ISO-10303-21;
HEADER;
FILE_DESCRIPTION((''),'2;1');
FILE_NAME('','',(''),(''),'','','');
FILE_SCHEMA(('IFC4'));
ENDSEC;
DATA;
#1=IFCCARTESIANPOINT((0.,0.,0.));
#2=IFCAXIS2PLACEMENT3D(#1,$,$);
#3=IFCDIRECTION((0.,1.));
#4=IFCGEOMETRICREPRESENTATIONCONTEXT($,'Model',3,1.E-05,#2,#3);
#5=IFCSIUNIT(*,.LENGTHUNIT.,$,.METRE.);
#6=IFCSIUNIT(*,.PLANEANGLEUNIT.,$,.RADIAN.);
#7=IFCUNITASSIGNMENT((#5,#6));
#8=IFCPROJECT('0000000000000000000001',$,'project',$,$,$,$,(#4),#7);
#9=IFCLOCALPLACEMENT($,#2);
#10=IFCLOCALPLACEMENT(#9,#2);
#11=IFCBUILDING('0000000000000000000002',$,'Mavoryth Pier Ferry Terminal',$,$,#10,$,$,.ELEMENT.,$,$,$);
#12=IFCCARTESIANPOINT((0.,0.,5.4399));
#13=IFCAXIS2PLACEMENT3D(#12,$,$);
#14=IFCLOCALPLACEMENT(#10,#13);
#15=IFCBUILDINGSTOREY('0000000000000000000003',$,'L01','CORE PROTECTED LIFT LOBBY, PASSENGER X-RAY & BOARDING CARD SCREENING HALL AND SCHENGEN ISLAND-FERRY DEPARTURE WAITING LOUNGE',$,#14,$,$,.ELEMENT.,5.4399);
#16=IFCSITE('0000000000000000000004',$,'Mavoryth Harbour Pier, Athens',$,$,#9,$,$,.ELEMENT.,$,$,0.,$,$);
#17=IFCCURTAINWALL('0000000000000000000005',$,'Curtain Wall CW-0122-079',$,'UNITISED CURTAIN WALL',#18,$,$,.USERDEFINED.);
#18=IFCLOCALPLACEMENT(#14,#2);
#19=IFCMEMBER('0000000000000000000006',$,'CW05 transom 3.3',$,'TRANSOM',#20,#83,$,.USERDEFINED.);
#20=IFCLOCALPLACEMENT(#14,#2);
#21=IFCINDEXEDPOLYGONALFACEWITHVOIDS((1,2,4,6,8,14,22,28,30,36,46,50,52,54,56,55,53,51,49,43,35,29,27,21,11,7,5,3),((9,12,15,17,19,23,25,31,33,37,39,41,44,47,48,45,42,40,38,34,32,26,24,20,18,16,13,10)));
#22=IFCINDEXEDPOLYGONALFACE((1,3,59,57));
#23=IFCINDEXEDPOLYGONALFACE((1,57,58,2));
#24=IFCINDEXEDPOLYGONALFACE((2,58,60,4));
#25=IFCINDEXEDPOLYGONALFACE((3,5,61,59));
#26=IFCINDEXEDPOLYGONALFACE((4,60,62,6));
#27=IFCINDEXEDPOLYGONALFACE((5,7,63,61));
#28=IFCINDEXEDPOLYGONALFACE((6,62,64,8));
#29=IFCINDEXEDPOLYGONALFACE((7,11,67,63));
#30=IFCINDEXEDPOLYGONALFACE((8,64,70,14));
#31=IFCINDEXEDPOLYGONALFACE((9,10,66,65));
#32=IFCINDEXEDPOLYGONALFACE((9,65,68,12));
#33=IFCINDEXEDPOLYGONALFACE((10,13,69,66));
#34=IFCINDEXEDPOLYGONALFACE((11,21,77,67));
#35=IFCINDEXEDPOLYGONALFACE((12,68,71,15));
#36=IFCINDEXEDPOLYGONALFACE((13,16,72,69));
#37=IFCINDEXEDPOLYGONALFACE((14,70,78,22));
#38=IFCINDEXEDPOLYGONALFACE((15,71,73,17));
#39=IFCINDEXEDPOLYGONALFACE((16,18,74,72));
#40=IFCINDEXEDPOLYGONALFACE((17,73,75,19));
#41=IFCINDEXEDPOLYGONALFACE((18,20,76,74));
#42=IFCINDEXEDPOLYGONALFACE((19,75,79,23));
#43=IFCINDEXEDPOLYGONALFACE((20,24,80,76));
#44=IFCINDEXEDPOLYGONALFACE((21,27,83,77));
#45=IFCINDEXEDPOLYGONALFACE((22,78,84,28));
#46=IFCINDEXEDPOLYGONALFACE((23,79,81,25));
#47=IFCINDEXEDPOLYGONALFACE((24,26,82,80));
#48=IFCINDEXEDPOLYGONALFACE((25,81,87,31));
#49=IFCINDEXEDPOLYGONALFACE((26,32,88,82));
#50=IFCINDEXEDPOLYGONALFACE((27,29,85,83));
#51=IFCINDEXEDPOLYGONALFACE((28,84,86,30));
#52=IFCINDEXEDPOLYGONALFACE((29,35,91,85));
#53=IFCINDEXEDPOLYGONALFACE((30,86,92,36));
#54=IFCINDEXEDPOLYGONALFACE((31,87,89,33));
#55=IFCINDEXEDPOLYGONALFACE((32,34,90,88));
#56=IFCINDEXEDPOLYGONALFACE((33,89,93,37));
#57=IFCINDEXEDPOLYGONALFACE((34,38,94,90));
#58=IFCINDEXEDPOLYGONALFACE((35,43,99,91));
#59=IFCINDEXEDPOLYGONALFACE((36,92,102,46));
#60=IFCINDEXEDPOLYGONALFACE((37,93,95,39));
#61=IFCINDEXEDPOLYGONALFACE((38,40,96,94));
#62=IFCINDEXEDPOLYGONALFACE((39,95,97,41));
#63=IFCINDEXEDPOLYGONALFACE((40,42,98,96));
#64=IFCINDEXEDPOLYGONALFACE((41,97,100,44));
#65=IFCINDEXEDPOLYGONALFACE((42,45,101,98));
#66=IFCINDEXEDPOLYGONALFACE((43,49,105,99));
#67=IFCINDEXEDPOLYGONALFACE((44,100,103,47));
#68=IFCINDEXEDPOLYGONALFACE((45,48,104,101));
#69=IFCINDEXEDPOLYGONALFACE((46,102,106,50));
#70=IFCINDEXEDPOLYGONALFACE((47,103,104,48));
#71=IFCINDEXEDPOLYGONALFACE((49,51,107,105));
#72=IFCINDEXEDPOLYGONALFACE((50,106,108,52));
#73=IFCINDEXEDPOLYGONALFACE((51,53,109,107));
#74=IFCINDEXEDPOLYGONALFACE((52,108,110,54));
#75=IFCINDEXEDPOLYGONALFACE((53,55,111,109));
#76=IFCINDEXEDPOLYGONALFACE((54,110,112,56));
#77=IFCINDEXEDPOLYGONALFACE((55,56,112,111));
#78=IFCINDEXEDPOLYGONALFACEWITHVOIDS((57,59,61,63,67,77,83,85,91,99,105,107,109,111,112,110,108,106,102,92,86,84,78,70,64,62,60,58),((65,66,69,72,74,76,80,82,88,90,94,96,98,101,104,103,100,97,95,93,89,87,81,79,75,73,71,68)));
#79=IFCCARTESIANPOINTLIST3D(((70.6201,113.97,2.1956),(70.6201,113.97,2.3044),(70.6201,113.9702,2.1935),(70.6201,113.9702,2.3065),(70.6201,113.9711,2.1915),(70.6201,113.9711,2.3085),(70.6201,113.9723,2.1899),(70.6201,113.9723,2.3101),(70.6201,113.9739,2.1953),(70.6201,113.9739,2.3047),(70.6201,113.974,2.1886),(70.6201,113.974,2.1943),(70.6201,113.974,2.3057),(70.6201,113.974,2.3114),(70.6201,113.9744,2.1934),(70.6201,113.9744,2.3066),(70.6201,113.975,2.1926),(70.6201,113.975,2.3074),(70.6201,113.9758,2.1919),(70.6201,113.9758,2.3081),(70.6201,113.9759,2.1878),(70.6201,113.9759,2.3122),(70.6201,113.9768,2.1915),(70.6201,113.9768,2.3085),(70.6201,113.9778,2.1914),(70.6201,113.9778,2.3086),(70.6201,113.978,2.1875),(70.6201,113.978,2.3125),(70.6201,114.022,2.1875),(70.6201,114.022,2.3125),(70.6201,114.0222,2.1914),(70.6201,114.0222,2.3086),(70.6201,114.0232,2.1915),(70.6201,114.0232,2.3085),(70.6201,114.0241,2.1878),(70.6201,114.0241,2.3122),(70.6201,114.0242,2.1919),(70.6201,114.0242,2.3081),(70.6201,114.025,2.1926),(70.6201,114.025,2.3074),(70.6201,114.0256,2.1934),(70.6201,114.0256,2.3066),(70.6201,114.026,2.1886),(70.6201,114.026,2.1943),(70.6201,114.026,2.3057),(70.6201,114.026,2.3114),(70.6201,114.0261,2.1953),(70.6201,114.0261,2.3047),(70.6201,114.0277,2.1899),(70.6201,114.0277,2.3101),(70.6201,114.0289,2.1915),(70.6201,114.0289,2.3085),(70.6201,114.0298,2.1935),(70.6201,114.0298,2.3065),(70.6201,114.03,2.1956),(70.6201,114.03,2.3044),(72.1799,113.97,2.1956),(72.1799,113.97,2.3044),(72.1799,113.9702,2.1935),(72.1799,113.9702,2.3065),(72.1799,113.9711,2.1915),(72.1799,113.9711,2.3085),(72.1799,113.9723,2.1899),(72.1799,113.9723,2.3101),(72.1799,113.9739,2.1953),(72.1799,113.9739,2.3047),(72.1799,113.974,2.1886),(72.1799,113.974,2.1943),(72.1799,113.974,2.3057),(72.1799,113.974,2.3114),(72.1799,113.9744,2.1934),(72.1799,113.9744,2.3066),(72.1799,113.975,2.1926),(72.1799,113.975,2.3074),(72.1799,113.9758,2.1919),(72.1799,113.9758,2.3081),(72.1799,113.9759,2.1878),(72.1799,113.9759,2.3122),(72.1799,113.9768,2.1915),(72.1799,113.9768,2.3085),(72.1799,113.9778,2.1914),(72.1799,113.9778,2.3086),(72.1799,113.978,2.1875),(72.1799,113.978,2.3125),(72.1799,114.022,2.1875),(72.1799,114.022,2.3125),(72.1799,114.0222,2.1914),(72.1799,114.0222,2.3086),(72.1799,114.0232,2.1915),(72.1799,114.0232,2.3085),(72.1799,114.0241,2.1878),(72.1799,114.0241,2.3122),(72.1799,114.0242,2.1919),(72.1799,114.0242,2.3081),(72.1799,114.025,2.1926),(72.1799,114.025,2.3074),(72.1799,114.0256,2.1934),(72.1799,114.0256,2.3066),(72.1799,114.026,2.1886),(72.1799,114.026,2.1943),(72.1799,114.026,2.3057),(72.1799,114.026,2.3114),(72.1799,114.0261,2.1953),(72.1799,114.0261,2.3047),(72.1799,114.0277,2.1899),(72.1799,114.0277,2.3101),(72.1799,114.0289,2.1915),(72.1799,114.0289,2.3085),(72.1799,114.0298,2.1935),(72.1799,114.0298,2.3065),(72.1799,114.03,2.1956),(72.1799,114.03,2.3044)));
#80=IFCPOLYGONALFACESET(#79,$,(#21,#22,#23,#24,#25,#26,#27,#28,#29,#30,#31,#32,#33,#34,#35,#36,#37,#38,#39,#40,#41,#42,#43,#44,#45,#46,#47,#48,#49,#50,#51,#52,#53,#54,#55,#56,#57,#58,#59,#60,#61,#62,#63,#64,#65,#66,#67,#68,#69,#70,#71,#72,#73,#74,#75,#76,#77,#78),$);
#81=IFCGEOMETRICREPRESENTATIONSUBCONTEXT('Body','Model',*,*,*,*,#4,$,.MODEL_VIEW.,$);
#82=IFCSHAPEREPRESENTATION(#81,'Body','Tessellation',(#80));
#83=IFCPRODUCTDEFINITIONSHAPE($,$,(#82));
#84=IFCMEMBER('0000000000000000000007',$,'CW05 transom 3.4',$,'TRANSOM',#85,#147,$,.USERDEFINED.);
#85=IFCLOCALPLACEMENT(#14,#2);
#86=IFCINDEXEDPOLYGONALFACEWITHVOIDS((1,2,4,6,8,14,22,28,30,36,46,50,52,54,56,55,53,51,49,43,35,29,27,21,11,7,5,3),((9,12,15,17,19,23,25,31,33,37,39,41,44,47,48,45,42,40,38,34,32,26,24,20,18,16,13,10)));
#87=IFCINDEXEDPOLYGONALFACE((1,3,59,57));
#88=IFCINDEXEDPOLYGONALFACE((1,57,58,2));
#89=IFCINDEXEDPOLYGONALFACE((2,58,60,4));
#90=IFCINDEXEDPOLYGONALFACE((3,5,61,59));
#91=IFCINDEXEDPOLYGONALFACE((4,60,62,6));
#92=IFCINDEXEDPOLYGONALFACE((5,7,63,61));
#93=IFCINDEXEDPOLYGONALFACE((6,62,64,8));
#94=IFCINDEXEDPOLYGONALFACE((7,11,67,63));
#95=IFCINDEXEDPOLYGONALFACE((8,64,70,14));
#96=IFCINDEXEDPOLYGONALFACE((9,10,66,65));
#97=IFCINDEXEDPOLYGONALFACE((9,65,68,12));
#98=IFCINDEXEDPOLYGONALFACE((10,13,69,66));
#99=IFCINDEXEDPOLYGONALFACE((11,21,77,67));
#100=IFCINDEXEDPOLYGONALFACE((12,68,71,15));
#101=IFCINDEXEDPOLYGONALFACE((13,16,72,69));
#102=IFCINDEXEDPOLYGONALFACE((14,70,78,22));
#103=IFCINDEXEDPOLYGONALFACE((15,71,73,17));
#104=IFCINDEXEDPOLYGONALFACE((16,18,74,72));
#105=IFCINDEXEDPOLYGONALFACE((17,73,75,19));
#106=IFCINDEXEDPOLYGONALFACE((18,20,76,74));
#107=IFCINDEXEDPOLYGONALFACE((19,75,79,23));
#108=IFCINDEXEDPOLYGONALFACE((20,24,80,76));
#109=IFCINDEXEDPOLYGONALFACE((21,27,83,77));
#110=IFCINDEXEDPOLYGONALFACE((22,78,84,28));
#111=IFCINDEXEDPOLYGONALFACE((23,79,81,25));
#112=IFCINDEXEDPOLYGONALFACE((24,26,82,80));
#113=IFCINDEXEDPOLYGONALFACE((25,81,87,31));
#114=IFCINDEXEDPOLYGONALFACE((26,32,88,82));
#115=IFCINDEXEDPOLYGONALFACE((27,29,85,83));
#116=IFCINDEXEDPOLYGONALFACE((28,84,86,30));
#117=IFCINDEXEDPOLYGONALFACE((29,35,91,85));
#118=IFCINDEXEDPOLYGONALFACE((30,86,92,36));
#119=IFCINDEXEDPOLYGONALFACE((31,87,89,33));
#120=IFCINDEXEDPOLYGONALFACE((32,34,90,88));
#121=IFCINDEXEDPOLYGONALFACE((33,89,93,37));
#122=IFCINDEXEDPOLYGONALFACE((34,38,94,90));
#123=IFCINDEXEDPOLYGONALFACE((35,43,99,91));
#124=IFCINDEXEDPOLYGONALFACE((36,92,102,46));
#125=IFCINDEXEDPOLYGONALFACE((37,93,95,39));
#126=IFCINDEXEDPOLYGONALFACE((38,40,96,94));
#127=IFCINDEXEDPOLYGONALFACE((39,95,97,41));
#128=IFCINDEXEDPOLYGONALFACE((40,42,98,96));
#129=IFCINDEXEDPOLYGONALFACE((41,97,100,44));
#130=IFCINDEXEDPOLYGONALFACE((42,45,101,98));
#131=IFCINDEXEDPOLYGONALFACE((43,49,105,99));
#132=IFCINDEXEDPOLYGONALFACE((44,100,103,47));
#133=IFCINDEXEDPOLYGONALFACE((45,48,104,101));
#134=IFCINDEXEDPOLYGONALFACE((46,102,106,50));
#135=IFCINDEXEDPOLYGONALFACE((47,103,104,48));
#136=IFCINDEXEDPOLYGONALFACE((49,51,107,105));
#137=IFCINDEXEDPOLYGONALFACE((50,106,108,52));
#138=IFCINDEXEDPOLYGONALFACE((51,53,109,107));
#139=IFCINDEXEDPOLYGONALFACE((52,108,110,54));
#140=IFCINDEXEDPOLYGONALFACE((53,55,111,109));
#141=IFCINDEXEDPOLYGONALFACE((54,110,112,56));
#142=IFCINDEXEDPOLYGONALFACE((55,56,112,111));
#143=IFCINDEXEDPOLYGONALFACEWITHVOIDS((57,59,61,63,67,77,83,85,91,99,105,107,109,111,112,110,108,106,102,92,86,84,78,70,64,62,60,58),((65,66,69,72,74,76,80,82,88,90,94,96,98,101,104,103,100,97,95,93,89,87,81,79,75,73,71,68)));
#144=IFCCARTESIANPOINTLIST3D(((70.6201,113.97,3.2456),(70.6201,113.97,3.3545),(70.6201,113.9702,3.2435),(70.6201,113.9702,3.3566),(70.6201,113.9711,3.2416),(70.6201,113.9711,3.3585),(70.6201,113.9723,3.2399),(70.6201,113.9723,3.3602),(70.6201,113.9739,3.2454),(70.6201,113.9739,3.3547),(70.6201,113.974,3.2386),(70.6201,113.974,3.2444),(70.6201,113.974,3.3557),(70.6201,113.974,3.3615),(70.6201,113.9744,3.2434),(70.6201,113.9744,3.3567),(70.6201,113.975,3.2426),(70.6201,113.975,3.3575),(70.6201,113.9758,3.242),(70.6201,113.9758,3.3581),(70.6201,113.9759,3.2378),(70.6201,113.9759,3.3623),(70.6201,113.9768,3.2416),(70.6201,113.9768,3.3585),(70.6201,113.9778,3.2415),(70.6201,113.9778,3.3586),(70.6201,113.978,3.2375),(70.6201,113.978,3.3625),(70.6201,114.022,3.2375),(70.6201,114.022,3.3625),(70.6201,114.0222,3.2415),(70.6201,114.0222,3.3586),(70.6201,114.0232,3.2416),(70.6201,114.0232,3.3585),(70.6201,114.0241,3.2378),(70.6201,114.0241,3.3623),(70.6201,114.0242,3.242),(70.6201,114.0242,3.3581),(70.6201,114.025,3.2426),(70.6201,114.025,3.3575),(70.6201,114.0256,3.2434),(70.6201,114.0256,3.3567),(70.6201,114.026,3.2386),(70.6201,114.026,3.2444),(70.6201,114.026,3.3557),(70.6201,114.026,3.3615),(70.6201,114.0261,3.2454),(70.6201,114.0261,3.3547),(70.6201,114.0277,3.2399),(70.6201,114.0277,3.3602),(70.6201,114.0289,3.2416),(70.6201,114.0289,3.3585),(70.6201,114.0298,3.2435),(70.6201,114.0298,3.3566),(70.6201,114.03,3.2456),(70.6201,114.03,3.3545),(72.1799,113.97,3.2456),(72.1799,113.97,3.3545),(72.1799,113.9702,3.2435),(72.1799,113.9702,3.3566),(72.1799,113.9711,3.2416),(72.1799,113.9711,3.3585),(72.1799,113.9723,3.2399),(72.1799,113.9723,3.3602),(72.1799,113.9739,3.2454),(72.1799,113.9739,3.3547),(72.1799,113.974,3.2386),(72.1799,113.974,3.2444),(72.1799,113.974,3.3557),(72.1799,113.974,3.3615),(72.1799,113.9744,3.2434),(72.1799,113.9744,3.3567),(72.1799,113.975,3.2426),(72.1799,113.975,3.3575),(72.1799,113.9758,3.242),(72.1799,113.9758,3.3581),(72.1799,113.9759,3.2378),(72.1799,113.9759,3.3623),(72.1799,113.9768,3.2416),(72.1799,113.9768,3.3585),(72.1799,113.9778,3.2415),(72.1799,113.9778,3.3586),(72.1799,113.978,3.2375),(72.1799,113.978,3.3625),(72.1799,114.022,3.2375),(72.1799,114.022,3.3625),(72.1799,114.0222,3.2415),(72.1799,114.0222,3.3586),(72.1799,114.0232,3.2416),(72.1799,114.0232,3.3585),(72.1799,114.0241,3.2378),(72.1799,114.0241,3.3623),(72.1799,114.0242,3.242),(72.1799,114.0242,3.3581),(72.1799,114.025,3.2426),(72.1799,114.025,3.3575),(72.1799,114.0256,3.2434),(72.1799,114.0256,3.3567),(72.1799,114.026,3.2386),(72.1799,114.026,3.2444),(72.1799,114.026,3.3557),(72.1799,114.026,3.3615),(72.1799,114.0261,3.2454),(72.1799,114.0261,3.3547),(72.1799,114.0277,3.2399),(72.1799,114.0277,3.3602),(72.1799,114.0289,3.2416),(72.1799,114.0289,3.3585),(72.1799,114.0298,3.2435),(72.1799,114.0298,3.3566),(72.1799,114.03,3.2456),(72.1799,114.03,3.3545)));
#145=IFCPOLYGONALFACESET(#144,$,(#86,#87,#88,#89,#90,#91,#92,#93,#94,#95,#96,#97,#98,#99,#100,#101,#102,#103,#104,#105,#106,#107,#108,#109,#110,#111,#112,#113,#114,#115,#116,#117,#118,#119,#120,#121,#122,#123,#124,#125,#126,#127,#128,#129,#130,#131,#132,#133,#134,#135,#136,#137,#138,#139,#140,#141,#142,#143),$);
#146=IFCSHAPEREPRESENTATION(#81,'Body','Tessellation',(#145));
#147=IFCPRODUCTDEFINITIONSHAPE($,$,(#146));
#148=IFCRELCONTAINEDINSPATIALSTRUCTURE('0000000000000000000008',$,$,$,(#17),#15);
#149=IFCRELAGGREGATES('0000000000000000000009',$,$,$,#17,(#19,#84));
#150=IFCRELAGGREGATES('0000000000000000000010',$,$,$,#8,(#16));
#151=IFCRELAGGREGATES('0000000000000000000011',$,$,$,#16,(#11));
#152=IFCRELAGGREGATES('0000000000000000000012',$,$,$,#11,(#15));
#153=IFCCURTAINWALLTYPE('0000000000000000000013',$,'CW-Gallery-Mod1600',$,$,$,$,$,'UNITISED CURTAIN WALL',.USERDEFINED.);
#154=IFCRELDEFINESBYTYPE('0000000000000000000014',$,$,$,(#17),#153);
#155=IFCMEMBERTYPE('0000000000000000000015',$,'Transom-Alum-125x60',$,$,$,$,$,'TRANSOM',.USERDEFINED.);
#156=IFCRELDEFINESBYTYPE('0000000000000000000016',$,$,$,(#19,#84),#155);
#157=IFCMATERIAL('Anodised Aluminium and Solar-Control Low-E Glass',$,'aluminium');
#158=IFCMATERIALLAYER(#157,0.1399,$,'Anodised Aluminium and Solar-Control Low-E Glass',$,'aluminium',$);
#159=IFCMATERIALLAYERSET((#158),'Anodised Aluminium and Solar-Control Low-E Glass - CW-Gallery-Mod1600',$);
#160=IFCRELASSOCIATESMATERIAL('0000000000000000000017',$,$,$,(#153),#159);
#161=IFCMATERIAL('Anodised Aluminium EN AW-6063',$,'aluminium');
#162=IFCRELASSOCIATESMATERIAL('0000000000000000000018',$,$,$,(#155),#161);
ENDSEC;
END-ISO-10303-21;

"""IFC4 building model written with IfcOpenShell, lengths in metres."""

from ifc_helpers import new_model, si_unit, direction, frame, origin, origin_2d, place, context, subcontext, project, spatial, hollow_rectangle, extrude, material, layer, layer_set, material_profile, profile_set, type_object, element, aggregate, save


model = new_model("IFC4")

# Units and contexts
model_context = context("Model", 3, precision=1e-05, world=origin(), true_north=direction((0.0, 1.0)))
body_context = subcontext(model_context, "Body", "Model", "MODEL_VIEW")
ifc_project = project(units=[si_unit("LENGTHUNIT", "METRE"), si_unit("PLANEANGLEUNIT", "RADIAN")], contexts=[model_context])

# Site, building, storey
site_placement = place(None, origin())
site = spatial("IfcSite", under=ifc_project, at=site_placement, Name="Mavoryth Harbour Pier, Athens", CompositionType="ELEMENT", RefElevation=0.0)
building_placement = place(site_placement, origin())
building = spatial("IfcBuilding", under=site, at=building_placement, Name="Mavoryth Pier Ferry Terminal", CompositionType="ELEMENT")
storey_placement = place(building_placement, frame((0.0, 0.0, 5.4399)))
storey = spatial("IfcBuildingStorey", under=building, at=storey_placement, Name="L01", Description="CORE PROTECTED LIFT LOBBY, PASSENGER X-RAY & BOARDING CARD SCREENING HALL AND SCHENGEN ISLAND-FERRY DEPARTURE WAITING LOUNGE", CompositionType="ELEMENT", Elevation=5.4399)

# Curtain wall, members
ifc_material_1 = material(Name="Anodised Aluminium and Solar-Control Low-E Glass", Category="aluminium")
ifc_layer_1 = layer(ifc_material_1, 0.1399, Name="Anodised Aluminium and Solar-Control Low-E Glass", Category="aluminium")
ifc_layer_set_1 = layer_set([ifc_layer_1], Name="Anodised Aluminium and Solar-Control Low-E Glass - CW-Gallery-Mod1600")
curtain_wall_type = type_object("IfcCurtainWallType", Name="CW-Gallery-Mod1600", ElementType="UNITISED CURTAIN WALL", PredefinedType="USERDEFINED", material=ifc_layer_set_1)
curtain_wall_placement = place(storey_placement, origin())
curtain_wall = element("IfcCurtainWall", 1, at=curtain_wall_placement, inside=storey, type_object=curtain_wall_type, Name="Curtain Wall CW-0122-079", ObjectType="UNITISED CURTAIN WALL", PredefinedType="USERDEFINED")
ifc_material_2 = material(Name="Anodised Aluminium EN AW-6063", Category="aluminium")
ifc_material_profile_1 = material_profile(ifc_material_2, hollow_rectangle(XDim=0.0601, YDim=0.125, WallThickness=0.0039, InnerFilletRadius=0.0039, OuterFilletRadius=0.0081, at=origin_2d()), Name="AL-TRAN 125x60x4", Category="aluminium")
ifc_profile_set_1 = profile_set([ifc_material_profile_1], Name="Anodised Aluminium EN AW-6063 - AL-TRAN 125x60x4")
member_type_1 = type_object("IfcMemberType", Name="Transom-Alum-125x60", ElementType="TRANSOM", PredefinedType="USERDEFINED", material=ifc_profile_set_1)
member_1_placement = place(storey_placement, frame((72.1799, 114.0, 2.25), z_axis=(-1.0, 0.0, 0.0), x_axis=(0.0, -1.0, 0.0)))
member_1 = element("IfcMember", 2, at=member_1_placement, type_object=member_type_1, Name="CW05 transom 3.3", ObjectType="TRANSOM", PredefinedType="USERDEFINED", context=body_context, shape_type="SweptSolid", body=[
    extrude(hollow_rectangle(XDim=0.0601, YDim=0.125, WallThickness=0.0039, InnerFilletRadius=0.0039, OuterFilletRadius=0.0081, at=origin_2d()), origin(), (0.0, 0.0, 1.0), 1.5598),
])
member_2_placement = place(storey_placement, frame((72.1799, 114.0, 3.3), z_axis=(-1.0, 0.0, 0.0), x_axis=(0.0, -1.0, 0.0)))
member_2 = element("IfcMember", 3, at=member_2_placement, type_object=member_type_1, Name="CW05 transom 3.4", ObjectType="TRANSOM", PredefinedType="USERDEFINED", context=body_context, shape_type="SweptSolid", body=[
    extrude(hollow_rectangle(XDim=0.0601, YDim=0.125, WallThickness=0.0039, InnerFilletRadius=0.0039, OuterFilletRadius=0.0081, at=origin_2d()), origin(), (0.0, 0.0, 1.0), 1.5598),
])
aggregate(curtain_wall, [member_1, member_2])

save(model, "model.ifc")
